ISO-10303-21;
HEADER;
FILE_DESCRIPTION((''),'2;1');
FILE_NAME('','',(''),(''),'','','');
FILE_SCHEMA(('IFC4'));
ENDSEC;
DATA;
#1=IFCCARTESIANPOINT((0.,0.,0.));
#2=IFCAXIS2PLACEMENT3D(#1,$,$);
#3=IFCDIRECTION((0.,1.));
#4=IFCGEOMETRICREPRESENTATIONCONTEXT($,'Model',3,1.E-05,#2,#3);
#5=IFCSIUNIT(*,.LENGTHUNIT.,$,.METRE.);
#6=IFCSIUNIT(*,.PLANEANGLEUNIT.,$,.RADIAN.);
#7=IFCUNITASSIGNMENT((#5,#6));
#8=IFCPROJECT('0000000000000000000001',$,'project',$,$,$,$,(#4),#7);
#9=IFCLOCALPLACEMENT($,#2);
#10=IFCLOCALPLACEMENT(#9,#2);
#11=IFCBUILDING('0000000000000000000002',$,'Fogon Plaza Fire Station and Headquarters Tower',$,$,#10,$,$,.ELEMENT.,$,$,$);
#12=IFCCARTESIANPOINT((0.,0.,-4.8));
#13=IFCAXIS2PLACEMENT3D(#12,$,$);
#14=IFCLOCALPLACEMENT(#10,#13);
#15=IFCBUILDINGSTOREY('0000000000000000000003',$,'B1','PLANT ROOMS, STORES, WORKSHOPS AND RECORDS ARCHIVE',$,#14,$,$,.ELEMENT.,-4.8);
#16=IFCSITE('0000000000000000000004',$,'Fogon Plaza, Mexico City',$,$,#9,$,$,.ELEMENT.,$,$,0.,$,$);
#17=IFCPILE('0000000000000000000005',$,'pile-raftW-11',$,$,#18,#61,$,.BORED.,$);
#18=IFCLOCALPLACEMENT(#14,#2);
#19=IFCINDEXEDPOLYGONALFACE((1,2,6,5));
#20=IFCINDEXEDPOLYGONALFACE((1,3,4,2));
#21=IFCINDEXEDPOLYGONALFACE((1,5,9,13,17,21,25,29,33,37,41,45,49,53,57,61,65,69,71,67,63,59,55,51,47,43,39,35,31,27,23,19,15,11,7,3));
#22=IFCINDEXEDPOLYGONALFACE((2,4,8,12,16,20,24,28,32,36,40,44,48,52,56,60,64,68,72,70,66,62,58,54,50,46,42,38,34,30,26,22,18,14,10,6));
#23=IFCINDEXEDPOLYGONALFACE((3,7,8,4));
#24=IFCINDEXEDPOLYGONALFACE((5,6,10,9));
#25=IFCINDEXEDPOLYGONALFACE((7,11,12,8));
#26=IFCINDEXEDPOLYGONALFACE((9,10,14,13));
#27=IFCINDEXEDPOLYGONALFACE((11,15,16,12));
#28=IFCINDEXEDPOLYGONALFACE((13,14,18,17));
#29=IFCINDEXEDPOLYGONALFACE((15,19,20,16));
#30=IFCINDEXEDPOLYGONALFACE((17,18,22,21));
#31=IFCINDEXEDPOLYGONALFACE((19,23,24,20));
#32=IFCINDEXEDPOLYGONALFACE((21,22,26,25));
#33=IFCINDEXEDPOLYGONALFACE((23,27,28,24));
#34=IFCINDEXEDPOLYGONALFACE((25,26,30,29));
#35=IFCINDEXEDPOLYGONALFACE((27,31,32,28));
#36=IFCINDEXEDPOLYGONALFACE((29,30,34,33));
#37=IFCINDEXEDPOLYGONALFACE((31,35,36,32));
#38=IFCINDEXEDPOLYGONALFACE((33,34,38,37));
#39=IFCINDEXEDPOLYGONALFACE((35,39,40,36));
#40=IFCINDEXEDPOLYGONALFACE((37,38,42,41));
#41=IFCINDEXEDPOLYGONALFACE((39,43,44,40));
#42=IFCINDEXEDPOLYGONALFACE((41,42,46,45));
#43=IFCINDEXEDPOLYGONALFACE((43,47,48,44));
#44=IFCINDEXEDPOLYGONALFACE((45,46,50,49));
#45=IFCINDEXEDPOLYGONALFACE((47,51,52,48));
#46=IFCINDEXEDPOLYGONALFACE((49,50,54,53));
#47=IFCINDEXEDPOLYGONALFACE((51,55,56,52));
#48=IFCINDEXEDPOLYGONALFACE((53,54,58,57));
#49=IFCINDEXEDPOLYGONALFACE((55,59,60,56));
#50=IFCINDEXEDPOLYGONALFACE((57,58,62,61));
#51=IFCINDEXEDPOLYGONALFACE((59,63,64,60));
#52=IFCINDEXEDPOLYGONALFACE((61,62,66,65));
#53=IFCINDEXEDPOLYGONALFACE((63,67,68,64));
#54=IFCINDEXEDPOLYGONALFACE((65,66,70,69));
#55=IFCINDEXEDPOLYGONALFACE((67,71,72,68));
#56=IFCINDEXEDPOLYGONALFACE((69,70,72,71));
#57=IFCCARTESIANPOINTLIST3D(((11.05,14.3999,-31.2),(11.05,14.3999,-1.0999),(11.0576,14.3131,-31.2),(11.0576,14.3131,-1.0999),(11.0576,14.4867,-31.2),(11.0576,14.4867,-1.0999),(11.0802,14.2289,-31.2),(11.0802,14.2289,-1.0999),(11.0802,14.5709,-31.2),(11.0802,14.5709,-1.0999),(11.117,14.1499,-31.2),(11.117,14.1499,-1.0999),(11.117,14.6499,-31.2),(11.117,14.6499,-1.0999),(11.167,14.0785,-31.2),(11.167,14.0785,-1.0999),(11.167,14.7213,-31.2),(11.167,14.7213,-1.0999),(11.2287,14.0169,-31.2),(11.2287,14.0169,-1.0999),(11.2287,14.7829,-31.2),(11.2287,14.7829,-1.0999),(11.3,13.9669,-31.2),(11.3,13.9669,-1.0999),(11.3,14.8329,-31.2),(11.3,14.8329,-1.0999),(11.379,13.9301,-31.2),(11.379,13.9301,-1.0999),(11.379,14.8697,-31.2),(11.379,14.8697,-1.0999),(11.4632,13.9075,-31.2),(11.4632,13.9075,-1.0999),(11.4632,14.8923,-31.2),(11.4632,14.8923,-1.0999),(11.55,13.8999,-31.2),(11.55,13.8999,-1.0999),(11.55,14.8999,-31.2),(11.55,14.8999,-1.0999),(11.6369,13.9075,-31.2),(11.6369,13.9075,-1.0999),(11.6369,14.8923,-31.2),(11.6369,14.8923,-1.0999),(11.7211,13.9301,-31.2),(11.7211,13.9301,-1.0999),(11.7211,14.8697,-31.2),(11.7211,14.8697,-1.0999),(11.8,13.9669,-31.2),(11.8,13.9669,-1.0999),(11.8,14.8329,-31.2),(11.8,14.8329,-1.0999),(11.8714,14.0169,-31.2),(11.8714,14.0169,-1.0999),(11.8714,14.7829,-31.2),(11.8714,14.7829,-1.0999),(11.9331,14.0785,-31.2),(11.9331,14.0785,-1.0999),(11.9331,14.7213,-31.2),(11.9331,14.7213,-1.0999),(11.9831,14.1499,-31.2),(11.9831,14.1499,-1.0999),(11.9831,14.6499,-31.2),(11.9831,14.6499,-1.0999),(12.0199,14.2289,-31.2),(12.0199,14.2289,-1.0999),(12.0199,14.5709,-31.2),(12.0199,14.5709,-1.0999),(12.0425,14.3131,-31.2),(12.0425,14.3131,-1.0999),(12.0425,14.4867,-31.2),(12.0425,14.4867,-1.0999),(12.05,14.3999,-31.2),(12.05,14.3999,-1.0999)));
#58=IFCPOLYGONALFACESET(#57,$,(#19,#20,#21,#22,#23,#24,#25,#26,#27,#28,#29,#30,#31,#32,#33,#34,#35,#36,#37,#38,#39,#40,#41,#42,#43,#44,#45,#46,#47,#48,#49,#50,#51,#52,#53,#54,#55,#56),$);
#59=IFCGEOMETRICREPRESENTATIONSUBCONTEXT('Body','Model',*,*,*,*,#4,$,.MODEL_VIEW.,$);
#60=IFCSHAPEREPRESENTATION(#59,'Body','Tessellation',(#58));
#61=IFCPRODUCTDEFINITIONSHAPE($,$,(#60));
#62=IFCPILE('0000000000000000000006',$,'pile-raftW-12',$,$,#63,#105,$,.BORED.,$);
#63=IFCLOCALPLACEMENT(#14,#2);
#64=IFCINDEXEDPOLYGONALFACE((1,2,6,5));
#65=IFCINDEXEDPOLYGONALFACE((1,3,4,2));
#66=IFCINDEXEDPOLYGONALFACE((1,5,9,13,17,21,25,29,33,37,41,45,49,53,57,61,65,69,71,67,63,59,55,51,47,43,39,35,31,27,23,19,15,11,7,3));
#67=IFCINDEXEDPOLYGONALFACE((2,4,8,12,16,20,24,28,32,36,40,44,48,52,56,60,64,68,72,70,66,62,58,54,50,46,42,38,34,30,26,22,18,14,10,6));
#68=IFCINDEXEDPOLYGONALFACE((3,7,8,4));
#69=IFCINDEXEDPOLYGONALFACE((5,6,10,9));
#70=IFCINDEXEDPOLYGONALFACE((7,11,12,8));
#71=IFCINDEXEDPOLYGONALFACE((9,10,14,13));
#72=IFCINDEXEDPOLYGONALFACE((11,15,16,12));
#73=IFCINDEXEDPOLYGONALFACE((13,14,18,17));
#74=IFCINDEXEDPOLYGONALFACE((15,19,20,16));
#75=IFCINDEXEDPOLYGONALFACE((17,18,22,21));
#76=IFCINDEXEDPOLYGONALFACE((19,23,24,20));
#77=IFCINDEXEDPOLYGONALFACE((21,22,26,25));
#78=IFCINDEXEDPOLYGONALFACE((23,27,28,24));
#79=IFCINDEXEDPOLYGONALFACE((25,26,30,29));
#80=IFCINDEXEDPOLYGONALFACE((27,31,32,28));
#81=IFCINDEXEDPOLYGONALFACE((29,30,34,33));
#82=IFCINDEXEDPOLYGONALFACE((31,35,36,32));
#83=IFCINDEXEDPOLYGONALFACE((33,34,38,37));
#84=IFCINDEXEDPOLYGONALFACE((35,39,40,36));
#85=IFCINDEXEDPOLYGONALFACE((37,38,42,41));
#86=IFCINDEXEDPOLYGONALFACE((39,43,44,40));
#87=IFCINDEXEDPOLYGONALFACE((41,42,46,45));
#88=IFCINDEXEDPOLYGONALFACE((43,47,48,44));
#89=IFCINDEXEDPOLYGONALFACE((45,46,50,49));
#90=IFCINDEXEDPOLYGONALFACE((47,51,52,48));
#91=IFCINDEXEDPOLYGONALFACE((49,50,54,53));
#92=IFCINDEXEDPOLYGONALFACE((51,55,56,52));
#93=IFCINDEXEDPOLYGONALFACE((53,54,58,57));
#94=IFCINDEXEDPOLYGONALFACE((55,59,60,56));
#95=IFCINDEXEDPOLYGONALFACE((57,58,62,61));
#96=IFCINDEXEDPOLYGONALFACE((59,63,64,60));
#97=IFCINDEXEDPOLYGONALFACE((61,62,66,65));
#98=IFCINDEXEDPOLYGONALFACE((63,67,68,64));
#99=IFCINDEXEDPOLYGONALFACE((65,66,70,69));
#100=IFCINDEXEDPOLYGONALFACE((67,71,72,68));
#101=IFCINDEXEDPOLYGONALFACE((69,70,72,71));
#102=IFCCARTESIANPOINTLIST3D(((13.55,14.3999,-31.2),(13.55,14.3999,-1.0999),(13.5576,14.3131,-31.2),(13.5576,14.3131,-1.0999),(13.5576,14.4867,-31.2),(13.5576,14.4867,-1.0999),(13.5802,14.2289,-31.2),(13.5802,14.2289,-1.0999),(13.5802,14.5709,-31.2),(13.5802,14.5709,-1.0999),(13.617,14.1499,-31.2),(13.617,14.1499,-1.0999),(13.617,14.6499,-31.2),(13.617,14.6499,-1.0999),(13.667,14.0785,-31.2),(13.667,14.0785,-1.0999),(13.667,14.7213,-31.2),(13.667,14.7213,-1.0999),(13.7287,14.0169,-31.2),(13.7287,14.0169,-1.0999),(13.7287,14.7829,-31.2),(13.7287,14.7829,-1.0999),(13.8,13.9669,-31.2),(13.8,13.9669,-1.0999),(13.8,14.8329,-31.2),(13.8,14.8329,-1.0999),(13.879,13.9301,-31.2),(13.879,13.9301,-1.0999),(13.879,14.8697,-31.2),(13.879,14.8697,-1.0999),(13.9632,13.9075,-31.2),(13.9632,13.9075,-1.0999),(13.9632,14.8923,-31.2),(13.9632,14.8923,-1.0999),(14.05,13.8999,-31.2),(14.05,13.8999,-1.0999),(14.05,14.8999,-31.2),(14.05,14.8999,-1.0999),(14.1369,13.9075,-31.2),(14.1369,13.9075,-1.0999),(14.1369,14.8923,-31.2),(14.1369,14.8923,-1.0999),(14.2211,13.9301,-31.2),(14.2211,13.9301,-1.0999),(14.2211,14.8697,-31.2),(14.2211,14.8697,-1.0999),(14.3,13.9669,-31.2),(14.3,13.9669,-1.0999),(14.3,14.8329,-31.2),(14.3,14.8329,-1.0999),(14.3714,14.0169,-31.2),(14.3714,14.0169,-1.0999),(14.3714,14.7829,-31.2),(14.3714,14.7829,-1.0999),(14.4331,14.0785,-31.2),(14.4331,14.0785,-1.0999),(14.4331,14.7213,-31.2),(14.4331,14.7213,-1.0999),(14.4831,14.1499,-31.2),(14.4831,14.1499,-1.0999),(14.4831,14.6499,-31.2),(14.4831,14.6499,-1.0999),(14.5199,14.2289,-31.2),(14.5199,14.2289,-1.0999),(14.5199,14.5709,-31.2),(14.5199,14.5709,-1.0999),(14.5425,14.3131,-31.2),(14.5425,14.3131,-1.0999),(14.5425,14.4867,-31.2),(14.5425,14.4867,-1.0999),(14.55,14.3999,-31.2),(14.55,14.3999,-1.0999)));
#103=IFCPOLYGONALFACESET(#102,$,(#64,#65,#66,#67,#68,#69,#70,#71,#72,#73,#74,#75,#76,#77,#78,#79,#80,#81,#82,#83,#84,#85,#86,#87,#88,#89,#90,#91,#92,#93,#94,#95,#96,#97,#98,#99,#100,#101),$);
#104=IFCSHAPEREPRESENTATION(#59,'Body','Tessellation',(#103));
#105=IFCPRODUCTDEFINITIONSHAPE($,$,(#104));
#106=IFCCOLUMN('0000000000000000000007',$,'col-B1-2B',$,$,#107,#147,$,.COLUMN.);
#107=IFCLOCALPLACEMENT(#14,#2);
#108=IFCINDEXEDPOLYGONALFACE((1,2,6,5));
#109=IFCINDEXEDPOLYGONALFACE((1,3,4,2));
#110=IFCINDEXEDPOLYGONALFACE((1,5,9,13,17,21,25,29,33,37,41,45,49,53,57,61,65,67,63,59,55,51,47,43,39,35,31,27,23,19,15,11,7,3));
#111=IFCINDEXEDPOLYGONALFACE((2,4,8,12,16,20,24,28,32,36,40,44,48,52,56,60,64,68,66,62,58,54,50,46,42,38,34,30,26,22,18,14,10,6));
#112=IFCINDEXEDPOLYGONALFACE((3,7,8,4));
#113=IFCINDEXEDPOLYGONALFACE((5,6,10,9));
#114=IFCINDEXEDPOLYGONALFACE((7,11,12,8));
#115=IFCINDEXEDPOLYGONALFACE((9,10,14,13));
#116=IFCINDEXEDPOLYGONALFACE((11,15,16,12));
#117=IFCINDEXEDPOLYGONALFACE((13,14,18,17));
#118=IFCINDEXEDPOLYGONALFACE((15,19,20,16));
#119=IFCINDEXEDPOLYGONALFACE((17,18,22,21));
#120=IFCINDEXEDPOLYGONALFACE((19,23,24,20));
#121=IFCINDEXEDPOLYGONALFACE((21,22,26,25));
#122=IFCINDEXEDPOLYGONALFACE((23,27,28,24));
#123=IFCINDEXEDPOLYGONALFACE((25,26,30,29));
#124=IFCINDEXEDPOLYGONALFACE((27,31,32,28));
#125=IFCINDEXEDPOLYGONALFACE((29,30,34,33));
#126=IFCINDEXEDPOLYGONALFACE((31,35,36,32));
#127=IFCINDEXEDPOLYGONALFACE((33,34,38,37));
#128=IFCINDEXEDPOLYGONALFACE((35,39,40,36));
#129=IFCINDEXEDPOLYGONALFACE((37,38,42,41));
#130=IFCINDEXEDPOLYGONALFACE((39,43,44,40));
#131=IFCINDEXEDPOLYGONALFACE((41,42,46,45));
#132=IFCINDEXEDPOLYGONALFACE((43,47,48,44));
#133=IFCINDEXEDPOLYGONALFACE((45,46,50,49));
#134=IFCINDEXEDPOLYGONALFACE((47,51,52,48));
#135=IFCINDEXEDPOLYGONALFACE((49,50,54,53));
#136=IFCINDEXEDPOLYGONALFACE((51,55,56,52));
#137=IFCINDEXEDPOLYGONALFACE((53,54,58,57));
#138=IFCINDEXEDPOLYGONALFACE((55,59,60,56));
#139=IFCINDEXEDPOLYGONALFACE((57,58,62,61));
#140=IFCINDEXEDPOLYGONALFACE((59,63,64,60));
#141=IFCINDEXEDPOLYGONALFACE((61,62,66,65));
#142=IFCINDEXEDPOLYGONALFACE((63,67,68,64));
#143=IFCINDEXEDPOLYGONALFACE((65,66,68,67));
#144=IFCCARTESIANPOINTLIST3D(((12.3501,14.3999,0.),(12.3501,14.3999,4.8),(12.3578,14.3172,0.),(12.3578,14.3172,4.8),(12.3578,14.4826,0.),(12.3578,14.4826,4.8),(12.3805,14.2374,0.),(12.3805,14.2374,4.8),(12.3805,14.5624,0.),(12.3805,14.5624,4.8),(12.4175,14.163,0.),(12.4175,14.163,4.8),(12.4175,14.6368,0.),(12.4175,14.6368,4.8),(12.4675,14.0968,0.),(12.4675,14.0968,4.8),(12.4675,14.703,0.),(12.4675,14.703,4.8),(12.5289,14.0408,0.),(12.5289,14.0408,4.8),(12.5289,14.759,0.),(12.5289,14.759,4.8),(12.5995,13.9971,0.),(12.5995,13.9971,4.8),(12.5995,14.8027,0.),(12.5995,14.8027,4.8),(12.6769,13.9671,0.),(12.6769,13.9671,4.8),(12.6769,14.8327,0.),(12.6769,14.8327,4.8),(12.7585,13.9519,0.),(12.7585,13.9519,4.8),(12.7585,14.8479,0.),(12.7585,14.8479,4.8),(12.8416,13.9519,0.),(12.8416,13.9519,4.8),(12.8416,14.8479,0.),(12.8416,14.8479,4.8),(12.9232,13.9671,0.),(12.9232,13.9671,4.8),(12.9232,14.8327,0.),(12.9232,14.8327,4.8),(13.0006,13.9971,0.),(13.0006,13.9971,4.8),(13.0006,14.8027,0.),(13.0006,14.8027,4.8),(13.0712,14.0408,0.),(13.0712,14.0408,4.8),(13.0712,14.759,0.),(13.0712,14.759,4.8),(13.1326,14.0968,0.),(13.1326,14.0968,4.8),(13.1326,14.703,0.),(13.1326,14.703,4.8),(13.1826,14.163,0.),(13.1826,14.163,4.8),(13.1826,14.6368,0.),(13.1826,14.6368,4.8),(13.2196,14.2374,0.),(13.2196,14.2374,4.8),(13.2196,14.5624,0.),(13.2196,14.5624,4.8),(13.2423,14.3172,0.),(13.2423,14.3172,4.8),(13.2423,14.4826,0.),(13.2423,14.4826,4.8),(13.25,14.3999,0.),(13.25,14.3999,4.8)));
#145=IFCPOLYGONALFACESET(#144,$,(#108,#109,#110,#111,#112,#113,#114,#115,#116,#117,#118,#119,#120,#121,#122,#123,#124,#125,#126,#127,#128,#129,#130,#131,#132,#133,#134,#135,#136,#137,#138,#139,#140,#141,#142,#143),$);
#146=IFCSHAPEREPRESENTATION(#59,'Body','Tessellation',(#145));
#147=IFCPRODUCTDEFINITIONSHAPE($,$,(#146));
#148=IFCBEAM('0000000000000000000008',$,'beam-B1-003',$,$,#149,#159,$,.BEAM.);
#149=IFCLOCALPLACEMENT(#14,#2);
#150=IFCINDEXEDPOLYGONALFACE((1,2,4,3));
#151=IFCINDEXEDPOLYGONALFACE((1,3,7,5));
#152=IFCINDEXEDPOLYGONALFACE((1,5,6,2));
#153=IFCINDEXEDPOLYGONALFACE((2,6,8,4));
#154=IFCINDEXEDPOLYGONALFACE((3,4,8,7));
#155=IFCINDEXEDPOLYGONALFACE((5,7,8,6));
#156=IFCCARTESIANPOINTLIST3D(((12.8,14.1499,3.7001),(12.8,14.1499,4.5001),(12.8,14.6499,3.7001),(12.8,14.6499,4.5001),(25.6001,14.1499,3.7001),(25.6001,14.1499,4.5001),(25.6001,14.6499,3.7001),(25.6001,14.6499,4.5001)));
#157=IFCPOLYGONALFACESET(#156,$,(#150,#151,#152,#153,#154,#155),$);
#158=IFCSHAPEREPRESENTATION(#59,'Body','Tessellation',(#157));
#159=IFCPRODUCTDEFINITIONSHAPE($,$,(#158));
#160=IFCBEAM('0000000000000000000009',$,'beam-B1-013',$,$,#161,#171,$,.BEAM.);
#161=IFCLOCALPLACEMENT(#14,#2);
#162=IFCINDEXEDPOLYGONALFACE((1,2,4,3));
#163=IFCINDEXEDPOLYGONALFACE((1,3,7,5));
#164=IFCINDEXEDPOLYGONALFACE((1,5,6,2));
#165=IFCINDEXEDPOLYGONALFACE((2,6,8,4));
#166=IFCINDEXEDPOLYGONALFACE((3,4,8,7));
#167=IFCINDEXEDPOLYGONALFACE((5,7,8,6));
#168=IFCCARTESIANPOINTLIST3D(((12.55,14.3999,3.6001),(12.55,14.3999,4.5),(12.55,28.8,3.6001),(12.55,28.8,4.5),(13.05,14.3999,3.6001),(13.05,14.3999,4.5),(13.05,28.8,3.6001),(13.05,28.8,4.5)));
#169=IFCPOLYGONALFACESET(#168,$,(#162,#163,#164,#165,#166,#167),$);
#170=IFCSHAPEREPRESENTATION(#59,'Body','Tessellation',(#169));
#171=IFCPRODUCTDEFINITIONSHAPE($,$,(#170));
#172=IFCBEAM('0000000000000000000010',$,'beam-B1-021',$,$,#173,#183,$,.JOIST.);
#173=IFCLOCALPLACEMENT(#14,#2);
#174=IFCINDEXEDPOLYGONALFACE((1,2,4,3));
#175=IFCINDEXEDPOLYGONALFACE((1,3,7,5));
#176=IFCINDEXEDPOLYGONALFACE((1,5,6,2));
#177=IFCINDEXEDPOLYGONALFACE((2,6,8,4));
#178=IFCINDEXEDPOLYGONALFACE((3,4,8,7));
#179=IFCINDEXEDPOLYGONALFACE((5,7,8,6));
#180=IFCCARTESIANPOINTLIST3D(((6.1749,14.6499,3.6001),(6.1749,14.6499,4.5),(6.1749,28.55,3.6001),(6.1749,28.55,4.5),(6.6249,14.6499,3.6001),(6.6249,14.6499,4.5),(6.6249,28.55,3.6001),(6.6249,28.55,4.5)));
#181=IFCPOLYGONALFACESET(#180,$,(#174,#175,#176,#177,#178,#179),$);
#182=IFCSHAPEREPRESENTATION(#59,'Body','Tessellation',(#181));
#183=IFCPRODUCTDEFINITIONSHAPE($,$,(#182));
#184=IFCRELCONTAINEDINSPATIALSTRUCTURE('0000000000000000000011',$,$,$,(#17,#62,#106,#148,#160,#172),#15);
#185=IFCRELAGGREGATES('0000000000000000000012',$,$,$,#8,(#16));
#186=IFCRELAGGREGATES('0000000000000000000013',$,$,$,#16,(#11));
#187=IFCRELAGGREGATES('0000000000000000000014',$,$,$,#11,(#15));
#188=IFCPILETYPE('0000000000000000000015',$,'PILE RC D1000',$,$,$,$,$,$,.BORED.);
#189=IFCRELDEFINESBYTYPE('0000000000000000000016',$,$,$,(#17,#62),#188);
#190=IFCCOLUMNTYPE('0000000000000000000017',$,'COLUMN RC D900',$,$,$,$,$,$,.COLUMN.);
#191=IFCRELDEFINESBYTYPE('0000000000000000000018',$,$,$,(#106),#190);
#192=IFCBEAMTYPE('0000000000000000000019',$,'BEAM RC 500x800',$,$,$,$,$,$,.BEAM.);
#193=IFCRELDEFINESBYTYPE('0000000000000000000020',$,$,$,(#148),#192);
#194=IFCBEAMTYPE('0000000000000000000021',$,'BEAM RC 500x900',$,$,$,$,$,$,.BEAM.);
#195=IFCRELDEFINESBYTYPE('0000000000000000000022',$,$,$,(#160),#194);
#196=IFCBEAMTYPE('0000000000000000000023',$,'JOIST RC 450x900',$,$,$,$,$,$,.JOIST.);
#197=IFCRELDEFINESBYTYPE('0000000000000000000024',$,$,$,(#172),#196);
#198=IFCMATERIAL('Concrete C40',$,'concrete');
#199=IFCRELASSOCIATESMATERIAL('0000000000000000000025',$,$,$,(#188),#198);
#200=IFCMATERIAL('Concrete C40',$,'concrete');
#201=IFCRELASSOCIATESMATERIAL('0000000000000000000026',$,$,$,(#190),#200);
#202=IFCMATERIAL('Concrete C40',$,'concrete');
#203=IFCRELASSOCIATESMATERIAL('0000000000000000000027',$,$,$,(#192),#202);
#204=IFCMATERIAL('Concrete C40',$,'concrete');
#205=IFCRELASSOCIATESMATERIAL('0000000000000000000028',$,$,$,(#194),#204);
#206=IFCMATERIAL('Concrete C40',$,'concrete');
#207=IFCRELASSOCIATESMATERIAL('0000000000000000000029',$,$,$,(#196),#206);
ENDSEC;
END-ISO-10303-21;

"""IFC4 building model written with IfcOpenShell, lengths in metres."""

from ifc_helpers import new_model, si_unit, direction, frame, origin, origin_2d, place, context, subcontext, project, spatial, rectangle, circle, extrude, material, material_profile, profile_set, type_object, element, save


model = new_model("IFC4")

# Units and contexts
model_context = context("Model", 3, precision=1e-05, world=origin(), true_north=direction((0.0, 1.0)))
body_context = subcontext(model_context, "Body", "Model", "MODEL_VIEW")
ifc_project = project(units=[si_unit("LENGTHUNIT", "METRE"), si_unit("PLANEANGLEUNIT", "RADIAN")], contexts=[model_context])

# Site, building, storey
site_placement = place(None, origin())
site = spatial("IfcSite", under=ifc_project, at=site_placement, Name="Fogon Plaza, Mexico City", CompositionType="ELEMENT", RefElevation=0.0)
building_placement = place(site_placement, origin())
building = spatial("IfcBuilding", under=site, at=building_placement, Name="Fogon Plaza Fire Station and Headquarters Tower", CompositionType="ELEMENT")
storey_placement = place(building_placement, frame((0.0, 0.0, -4.8)))
storey = spatial("IfcBuildingStorey", under=building, at=storey_placement, Name="B1", Description="PLANT ROOMS, STORES, WORKSHOPS AND RECORDS ARCHIVE", CompositionType="ELEMENT", Elevation=-4.8)

# Piles
ifc_material_1 = material(Name="Concrete C40", Category="concrete")
ifc_material_profile_1 = material_profile(ifc_material_1, circle(Radius=0.5, at=origin_2d()), Name="RC D1000")
ifc_profile_set_1 = profile_set([ifc_material_profile_1], Name="Concrete C40")
pile_type = type_object("IfcPileType", Name="PILE RC D1000", PredefinedType="BORED", material=ifc_profile_set_1)
for number, where, z_axis, x_axis, name in (
    (1, (11.55, 14.3999, -1.0999), (0.0, 0.0, -1.0), (1.0, 0.0, 0.0), "pile-raftW-11"),
    (2, (14.05, 14.3999, -1.0999), (0.0, 0.0, -1.0), (1.0, 0.0, 0.0), "pile-raftW-12"),
):
    element("IfcPile", number, at=place(storey_placement, frame(where, z_axis=z_axis, x_axis=x_axis)), inside=storey, type_object=pile_type, Name=name, PredefinedType="BORED", context=body_context, shape_type="SweptSolid", body=[
        extrude(circle(Radius=0.5, at=origin_2d()), origin(), (0.0, 0.0, 1.0), 30.1001),
    ])

# Column
ifc_material_2 = material(Name="Concrete C40", Category="concrete")
ifc_material_profile_2 = material_profile(ifc_material_2, circle(Radius=0.45, at=origin_2d()), Name="RC D900")
ifc_profile_set_2 = profile_set([ifc_material_profile_2], Name="Concrete C40")
column_type = type_object("IfcColumnType", Name="COLUMN RC D900", PredefinedType="COLUMN", material=ifc_profile_set_2)
column_placement = place(storey_placement, frame((12.8, 14.3999, 0.0), z_axis=(0.0, 0.0, 1.0), x_axis=(1.0, 0.0, 0.0)))
element("IfcColumn", 3, at=column_placement, inside=storey, type_object=column_type, Name="col-B1-2B", PredefinedType="COLUMN", context=body_context, shape_type="SweptSolid", body=[
    extrude(circle(Radius=0.45, at=origin_2d()), origin(), (0.0, 0.0, 1.0), 4.8),
])

# Beams
ifc_material_3 = material(Name="Concrete C40", Category="concrete")
ifc_material_profile_3 = material_profile(ifc_material_3, rectangle(XDim=0.5, YDim=0.8, at=origin_2d()), Name="RC 500x800")
ifc_profile_set_3 = profile_set([ifc_material_profile_3], Name="Concrete C40")
beam_type_1 = type_object("IfcBeamType", Name="BEAM RC 500x800", PredefinedType="BEAM", material=ifc_profile_set_3)
beam_1_placement = place(storey_placement, frame((12.8, 14.3999, 4.1001), z_axis=(1.0, 0.0, 0.0), x_axis=(0.0, 1.0, 0.0)))
element("IfcBeam", 4, at=beam_1_placement, inside=storey, type_object=beam_type_1, Name="beam-B1-003", PredefinedType="BEAM", context=body_context, shape_type="SweptSolid", body=[
    extrude(rectangle(XDim=0.5, YDim=0.8, at=origin_2d()), origin(), (0.0, 0.0, 1.0), 12.8),
])
ifc_material_4 = material(Name="Concrete C40", Category="concrete")
ifc_material_profile_4 = material_profile(ifc_material_4, rectangle(XDim=0.5, YDim=0.8999, at=origin_2d()), Name="RC 500x900")
ifc_profile_set_4 = profile_set([ifc_material_profile_4], Name="Concrete C40")
beam_type_2 = type_object("IfcBeamType", Name="BEAM RC 500x900", PredefinedType="BEAM", material=ifc_profile_set_4)
beam_2_placement = place(storey_placement, frame((12.8, 14.3999, 4.05), z_axis=(0.0, 1.0, 0.0), x_axis=(-1.0, 0.0, 0.0)))
element("IfcBeam", 5, at=beam_2_placement, inside=storey, type_object=beam_type_2, Name="beam-B1-013", PredefinedType="BEAM", context=body_context, shape_type="SweptSolid", body=[
    extrude(rectangle(XDim=0.5, YDim=0.8999, at=origin_2d()), origin(), (0.0, 0.0, 1.0), 14.4001),
])
ifc_material_5 = material(Name="Concrete C40", Category="concrete")
ifc_material_profile_5 = material_profile(ifc_material_5, rectangle(XDim=0.45, YDim=0.8999, at=origin_2d()), Name="RC 450x900")
ifc_profile_set_5 = profile_set([ifc_material_profile_5], Name="Concrete C40")
beam_type_3 = type_object("IfcBeamType", Name="JOIST RC 450x900", PredefinedType="JOIST", material=ifc_profile_set_5)
beam_3_placement = place(storey_placement, frame((6.3999, 14.6499, 4.05), z_axis=(0.0, 1.0, 0.0), x_axis=(-1.0, 0.0, 0.0)))
element("IfcBeam", 6, at=beam_3_placement, inside=storey, type_object=beam_type_3, Name="beam-B1-021", PredefinedType="JOIST", context=body_context, shape_type="SweptSolid", body=[
    extrude(rectangle(XDim=0.45, YDim=0.8999, at=origin_2d()), origin(), (0.0, 0.0, 1.0), 13.9001),
])

save(model, "model.ifc")
